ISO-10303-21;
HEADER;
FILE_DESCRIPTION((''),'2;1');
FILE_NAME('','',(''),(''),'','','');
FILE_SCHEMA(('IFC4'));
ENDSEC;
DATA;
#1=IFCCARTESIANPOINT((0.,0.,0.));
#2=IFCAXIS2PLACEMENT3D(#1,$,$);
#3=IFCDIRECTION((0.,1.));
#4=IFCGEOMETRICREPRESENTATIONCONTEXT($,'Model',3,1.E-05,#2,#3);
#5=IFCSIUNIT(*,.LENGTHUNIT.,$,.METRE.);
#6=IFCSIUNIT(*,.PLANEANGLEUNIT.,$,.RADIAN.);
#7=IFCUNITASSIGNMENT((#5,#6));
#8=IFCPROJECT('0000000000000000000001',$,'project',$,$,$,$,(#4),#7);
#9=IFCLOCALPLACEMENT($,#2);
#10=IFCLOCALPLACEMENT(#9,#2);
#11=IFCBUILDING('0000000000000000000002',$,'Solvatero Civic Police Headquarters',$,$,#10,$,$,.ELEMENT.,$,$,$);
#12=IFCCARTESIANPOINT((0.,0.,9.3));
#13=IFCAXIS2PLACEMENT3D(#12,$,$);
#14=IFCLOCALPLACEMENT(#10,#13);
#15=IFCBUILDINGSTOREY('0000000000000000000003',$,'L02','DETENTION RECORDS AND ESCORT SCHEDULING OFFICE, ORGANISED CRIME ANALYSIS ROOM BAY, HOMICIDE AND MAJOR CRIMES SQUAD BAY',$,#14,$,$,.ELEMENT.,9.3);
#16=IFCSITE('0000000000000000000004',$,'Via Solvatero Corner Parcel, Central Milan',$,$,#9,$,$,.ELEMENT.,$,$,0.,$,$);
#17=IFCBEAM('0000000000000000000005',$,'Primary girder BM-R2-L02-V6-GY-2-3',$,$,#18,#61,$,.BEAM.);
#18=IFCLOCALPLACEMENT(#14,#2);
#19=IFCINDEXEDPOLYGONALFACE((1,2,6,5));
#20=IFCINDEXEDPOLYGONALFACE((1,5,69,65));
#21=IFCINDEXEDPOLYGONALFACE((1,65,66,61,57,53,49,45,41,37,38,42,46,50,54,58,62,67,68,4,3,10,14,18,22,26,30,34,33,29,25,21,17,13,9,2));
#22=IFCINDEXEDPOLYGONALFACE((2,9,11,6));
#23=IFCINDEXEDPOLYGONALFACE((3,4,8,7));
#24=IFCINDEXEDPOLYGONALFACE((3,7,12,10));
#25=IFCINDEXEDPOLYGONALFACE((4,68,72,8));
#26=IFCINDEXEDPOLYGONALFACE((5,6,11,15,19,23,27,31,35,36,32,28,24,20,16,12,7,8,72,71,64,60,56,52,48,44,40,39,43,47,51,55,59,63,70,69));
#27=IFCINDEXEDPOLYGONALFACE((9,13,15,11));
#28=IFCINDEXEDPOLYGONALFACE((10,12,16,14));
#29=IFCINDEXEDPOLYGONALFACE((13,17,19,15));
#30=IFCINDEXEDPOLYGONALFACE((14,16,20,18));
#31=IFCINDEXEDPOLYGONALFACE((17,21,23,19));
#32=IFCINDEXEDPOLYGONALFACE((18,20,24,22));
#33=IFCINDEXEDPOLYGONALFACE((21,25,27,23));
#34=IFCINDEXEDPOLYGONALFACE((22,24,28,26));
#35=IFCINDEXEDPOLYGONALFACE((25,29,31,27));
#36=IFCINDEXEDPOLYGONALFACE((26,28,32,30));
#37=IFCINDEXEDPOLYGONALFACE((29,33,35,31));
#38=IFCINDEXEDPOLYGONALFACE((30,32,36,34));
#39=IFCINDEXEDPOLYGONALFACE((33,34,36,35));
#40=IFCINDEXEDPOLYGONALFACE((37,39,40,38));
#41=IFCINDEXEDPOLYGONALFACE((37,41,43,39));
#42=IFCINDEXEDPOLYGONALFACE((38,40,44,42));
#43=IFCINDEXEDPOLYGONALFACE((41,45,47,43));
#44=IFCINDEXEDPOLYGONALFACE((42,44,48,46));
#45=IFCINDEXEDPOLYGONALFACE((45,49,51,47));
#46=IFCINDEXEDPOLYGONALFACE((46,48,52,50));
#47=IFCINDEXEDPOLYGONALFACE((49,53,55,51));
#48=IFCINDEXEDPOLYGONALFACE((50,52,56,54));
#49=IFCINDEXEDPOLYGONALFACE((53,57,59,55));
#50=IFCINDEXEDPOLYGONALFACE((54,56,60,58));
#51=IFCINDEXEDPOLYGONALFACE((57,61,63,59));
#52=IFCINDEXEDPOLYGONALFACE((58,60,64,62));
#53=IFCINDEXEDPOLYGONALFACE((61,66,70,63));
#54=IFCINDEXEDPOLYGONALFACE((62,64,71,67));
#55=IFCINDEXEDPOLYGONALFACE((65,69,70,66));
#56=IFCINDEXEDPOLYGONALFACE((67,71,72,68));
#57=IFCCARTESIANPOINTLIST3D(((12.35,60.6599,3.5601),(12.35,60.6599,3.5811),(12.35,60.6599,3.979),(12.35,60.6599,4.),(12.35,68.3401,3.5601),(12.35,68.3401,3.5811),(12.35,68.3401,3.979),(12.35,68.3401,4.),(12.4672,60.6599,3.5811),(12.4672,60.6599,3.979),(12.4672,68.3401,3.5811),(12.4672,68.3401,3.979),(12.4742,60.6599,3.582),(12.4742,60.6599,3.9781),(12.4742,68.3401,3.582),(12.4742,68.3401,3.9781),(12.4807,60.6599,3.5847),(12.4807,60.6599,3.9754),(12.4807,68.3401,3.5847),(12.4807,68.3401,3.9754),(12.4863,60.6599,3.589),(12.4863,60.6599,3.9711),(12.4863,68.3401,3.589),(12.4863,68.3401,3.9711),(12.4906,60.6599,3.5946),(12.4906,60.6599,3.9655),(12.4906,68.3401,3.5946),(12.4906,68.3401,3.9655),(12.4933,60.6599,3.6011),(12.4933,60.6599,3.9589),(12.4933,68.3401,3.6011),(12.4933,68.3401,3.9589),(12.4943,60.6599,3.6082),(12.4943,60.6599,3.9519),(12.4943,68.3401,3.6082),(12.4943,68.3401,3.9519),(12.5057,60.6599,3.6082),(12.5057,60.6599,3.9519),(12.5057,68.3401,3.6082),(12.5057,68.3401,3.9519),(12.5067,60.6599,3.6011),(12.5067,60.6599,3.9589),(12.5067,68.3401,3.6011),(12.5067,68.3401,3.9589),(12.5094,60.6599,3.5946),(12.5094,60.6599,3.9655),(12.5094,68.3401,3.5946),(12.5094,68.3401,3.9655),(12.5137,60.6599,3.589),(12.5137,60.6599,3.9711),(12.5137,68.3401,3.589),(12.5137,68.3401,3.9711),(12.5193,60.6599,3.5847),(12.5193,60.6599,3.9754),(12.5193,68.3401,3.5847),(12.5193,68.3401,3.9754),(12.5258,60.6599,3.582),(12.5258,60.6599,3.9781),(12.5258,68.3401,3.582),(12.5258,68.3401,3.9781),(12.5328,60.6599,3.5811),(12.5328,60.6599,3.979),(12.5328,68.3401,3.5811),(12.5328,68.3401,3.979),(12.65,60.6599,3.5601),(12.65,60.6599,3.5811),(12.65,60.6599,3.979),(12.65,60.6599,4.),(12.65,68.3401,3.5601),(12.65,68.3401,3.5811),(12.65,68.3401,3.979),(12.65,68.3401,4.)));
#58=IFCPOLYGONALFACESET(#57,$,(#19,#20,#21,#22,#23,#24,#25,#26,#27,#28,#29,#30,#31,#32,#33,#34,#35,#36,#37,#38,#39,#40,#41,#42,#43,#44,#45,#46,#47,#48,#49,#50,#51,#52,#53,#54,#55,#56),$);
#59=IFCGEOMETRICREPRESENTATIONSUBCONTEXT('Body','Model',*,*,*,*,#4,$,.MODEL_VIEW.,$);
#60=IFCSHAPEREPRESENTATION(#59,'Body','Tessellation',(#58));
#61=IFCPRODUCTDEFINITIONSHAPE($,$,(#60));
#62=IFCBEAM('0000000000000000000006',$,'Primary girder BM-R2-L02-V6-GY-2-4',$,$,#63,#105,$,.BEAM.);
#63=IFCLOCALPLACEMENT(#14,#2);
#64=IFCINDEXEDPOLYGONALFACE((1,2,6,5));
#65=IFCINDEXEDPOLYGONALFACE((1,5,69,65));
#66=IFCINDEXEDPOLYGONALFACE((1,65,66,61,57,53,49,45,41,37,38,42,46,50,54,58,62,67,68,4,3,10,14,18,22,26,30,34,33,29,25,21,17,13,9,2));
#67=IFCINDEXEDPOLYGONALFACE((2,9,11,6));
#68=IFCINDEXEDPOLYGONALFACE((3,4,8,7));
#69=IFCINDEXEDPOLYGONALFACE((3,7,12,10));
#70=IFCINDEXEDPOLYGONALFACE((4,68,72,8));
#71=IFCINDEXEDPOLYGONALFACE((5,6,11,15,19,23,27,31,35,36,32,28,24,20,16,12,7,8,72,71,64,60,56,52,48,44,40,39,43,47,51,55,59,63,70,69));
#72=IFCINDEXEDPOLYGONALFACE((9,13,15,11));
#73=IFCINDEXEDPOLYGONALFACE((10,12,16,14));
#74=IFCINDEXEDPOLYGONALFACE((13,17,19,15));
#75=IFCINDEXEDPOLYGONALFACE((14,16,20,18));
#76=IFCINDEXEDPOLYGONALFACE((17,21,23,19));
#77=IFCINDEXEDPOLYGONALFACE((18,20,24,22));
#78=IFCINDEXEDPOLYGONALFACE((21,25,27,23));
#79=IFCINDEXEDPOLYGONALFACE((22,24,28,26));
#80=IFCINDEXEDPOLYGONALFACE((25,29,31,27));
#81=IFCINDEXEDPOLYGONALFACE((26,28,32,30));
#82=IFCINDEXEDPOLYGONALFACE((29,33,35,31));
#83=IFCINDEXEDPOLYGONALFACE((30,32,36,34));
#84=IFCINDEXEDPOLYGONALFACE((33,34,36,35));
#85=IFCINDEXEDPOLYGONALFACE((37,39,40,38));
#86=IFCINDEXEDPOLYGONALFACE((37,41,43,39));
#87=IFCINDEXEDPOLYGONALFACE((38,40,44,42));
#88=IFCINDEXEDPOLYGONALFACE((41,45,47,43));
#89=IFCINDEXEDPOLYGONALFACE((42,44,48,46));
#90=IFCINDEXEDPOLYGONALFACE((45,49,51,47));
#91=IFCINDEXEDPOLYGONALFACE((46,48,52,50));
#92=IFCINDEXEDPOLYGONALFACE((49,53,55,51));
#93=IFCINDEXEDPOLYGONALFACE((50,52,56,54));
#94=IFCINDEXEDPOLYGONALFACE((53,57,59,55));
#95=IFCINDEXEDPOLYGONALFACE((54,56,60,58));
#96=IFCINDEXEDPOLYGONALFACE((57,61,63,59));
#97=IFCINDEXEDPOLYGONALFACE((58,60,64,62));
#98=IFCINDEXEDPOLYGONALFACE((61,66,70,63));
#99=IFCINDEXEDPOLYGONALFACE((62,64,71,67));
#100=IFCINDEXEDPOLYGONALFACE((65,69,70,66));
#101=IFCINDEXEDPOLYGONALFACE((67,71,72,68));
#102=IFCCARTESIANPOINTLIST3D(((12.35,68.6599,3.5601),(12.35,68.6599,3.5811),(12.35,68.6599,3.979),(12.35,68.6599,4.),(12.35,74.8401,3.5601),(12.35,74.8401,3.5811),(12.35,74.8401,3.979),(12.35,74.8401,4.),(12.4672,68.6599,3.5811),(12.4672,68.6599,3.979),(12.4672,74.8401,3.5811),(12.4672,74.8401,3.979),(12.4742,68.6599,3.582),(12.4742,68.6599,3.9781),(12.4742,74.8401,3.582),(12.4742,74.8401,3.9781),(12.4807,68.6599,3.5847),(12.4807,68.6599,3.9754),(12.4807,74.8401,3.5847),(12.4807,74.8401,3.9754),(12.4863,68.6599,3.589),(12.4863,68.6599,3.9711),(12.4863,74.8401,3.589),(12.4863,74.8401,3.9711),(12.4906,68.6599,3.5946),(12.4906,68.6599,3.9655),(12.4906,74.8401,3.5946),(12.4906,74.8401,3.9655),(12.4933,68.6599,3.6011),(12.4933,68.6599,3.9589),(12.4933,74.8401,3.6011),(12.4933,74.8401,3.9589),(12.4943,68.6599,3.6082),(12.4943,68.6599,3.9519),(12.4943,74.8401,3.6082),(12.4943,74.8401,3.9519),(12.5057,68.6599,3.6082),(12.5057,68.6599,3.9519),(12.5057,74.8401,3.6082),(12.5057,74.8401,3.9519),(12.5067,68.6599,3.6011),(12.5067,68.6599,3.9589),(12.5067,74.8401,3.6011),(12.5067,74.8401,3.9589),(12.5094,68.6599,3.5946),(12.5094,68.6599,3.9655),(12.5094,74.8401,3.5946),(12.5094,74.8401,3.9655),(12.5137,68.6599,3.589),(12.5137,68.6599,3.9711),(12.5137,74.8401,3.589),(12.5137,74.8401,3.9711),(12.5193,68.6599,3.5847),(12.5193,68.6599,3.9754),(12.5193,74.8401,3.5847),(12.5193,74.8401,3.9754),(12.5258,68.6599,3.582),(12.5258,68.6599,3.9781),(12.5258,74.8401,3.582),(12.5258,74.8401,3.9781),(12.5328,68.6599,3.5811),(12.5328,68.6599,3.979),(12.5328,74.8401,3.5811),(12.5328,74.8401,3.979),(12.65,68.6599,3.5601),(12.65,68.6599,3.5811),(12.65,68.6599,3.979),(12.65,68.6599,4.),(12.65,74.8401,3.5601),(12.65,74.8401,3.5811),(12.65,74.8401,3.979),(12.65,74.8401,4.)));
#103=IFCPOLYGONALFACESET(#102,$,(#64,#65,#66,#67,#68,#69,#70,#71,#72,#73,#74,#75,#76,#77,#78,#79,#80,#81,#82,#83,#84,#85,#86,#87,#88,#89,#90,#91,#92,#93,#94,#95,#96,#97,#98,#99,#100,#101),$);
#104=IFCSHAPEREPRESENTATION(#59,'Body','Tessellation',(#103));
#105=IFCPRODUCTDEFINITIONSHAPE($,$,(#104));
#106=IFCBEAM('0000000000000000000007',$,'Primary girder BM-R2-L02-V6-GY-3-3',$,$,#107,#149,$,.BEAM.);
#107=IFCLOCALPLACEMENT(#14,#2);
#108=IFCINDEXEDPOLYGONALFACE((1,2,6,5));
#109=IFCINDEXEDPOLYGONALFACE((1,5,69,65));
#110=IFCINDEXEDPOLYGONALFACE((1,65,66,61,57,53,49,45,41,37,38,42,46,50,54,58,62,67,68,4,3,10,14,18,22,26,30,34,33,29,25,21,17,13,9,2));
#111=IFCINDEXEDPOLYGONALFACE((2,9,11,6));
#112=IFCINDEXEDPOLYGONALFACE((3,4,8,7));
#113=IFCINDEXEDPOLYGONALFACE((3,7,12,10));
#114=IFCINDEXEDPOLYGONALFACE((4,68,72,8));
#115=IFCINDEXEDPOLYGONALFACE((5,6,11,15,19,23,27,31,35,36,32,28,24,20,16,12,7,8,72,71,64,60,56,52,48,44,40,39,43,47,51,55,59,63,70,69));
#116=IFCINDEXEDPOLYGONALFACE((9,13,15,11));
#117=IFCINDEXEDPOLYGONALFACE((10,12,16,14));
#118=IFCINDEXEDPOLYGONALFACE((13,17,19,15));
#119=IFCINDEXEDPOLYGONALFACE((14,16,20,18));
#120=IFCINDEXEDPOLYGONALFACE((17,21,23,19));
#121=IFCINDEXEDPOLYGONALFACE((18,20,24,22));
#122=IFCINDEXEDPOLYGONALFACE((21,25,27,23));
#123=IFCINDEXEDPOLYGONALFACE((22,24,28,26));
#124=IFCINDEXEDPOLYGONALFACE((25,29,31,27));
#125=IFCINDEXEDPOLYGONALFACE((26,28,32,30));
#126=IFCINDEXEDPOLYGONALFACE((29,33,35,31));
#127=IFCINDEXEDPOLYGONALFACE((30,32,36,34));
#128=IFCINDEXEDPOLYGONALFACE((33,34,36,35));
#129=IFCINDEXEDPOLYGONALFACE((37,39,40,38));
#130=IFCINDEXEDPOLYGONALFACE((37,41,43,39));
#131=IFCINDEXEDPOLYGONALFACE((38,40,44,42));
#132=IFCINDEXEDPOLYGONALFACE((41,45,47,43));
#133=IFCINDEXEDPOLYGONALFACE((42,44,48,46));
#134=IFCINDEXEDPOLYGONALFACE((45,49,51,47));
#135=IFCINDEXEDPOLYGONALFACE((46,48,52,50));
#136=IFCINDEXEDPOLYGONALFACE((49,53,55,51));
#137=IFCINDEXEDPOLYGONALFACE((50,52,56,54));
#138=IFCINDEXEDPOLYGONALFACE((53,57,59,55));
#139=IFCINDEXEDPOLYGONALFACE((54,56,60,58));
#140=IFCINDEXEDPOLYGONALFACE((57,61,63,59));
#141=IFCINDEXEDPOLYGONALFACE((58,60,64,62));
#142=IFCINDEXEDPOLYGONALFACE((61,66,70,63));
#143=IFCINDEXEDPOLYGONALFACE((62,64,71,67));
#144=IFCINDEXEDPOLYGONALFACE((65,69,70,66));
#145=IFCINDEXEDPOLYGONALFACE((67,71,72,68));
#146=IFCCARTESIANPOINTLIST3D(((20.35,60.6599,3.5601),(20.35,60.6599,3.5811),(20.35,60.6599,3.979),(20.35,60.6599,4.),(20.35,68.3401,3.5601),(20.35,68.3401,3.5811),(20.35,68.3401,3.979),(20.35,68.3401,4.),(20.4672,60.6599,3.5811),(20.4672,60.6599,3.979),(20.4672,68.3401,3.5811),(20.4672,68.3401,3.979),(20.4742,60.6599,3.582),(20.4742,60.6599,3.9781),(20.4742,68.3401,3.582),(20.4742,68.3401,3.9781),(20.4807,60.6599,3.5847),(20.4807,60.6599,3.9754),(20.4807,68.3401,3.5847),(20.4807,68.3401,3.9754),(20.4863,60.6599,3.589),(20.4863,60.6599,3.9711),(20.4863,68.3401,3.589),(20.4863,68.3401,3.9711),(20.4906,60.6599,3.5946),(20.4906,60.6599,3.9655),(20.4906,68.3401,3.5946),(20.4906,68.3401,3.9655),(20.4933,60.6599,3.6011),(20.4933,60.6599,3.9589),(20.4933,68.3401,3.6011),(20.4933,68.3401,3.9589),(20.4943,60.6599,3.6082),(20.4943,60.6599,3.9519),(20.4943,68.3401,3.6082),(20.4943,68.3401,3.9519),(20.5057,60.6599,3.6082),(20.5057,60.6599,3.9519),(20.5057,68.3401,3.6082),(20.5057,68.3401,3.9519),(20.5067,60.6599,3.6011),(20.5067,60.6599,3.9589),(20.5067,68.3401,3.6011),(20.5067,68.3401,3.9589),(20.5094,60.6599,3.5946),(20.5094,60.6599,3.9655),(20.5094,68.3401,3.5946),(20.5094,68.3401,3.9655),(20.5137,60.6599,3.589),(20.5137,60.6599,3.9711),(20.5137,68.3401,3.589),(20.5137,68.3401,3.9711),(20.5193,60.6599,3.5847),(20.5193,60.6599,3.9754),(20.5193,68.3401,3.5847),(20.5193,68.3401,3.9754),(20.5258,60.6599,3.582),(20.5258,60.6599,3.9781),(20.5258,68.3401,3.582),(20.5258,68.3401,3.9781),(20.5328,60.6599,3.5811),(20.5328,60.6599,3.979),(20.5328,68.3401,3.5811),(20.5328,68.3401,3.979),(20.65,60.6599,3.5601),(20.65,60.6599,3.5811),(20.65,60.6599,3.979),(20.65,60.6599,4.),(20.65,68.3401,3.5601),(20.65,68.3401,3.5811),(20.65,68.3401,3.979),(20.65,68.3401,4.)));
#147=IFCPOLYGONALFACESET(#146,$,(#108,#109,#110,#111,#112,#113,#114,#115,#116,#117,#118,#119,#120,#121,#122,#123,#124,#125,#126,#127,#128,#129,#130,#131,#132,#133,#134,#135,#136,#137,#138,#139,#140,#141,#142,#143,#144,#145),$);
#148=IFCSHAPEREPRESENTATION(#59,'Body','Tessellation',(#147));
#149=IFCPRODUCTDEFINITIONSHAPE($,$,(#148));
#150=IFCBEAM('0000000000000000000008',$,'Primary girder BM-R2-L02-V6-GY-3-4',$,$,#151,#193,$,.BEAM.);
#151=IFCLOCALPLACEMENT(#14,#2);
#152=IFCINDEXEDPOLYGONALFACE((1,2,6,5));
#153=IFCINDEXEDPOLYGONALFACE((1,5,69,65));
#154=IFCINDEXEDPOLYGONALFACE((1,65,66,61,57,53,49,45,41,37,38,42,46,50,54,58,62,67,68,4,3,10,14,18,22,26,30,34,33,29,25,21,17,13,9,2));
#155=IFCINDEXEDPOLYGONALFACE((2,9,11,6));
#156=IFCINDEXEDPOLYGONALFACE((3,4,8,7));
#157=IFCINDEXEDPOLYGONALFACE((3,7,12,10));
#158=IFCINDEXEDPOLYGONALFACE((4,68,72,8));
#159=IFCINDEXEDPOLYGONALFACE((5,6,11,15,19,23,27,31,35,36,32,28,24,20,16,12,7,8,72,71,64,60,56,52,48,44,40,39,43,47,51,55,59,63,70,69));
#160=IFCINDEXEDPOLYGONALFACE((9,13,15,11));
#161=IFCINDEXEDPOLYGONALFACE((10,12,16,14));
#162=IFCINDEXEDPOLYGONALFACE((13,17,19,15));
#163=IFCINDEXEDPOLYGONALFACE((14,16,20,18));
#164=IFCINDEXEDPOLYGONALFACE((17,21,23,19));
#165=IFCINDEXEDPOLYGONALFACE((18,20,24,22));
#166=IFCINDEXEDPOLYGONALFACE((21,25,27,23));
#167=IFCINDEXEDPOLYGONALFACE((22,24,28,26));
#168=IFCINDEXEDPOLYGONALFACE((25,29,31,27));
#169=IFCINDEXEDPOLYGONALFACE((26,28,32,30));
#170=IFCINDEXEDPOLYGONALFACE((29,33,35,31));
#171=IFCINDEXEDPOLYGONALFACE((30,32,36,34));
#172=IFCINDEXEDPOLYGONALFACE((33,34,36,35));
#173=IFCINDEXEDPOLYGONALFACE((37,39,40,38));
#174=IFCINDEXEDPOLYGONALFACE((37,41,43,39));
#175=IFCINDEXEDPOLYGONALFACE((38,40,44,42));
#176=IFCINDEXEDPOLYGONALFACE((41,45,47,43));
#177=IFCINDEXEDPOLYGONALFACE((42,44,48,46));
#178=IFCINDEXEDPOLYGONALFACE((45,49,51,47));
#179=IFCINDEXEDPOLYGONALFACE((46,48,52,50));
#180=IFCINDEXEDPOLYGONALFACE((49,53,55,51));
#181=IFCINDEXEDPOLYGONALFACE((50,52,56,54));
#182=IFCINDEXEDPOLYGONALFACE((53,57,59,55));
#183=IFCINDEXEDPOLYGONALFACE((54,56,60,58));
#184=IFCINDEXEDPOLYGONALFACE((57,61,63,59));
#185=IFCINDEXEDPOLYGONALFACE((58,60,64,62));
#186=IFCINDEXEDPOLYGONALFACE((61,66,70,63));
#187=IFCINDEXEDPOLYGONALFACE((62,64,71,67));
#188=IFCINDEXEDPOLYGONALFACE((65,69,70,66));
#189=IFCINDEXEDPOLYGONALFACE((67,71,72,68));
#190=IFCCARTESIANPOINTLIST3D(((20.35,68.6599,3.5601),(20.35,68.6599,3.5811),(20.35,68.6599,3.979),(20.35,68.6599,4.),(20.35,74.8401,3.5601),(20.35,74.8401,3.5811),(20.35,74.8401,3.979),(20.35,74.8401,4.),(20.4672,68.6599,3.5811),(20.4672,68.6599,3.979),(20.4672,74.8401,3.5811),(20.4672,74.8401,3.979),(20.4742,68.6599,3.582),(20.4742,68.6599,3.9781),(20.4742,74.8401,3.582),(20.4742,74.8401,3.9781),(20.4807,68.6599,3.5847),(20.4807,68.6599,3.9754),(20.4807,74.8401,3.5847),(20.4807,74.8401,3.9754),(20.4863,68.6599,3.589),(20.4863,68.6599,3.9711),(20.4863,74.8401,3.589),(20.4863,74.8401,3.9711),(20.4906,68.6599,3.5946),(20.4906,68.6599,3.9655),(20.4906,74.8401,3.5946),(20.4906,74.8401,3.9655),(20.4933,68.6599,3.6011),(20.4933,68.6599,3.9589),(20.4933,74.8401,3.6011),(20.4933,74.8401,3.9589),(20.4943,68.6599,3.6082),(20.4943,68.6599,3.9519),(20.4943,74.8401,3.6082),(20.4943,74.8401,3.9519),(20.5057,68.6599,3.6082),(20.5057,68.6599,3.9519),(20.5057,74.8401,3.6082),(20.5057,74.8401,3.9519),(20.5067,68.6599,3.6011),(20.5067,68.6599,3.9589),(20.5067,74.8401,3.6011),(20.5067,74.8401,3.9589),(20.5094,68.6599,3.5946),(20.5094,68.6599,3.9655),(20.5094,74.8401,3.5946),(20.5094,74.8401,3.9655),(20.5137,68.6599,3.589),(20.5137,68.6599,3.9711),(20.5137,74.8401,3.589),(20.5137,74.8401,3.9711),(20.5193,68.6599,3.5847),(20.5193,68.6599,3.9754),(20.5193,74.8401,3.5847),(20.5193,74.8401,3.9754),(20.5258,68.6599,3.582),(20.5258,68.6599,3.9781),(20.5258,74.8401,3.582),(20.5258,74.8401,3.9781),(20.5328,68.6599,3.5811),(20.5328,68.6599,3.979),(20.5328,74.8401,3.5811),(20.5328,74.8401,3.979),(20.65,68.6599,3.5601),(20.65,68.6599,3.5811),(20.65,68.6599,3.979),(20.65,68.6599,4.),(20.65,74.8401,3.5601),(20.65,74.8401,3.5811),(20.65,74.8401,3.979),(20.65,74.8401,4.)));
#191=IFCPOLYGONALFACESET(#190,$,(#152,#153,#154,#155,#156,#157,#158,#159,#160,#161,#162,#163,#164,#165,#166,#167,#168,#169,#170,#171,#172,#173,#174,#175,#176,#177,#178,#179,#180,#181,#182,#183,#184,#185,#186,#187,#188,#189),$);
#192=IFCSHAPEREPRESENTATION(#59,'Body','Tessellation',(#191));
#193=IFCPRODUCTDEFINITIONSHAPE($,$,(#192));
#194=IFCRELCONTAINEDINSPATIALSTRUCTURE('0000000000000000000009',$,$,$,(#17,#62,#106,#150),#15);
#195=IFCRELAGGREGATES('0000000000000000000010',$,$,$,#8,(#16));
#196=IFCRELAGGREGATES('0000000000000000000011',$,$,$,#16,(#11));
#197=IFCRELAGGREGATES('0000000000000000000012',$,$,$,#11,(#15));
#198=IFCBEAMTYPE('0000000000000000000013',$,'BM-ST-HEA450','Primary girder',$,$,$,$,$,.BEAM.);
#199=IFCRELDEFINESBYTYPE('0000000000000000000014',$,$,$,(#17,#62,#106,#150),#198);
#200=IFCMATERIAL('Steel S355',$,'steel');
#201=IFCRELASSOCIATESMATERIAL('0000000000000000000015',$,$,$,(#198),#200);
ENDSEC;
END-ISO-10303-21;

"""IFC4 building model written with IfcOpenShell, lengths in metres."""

from ifc_helpers import new_model, si_unit, direction, frame, origin, origin_2d, place, context, subcontext, project, spatial, i_section, extrude, material, material_profile, profile_set, type_object, element, save


model = new_model("IFC4")

# Units and contexts
model_context = context("Model", 3, precision=1e-05, world=origin(), true_north=direction((0.0, 1.0)))
body_context = subcontext(model_context, "Body", "Model", "MODEL_VIEW")
ifc_project = project(units=[si_unit("LENGTHUNIT", "METRE"), si_unit("PLANEANGLEUNIT", "RADIAN")], contexts=[model_context])

# Site, building, storey
site_placement = place(None, origin())
site = spatial("IfcSite", under=ifc_project, at=site_placement, Name="Via Solvatero Corner Parcel, Central Milan", CompositionType="ELEMENT", RefElevation=0.0)
building_placement = place(site_placement, origin())
building = spatial("IfcBuilding", under=site, at=building_placement, Name="Solvatero Civic Police Headquarters", CompositionType="ELEMENT")
storey_placement = place(building_placement, frame((0.0, 0.0, 9.3)))
storey = spatial("IfcBuildingStorey", under=building, at=storey_placement, Name="L02", Description="DETENTION RECORDS AND ESCORT SCHEDULING OFFICE, ORGANISED CRIME ANALYSIS ROOM BAY, HOMICIDE AND MAJOR CRIMES SQUAD BAY", CompositionType="ELEMENT", Elevation=9.3)

# Shared definitions
ifc_material_1 = material(Name="Steel S355", Category="steel")

# Beams
ifc_material_profile_1 = material_profile(ifc_material_1, i_section(OverallWidth=0.3, OverallDepth=0.4399, WebThickness=0.0115, FlangeThickness=0.021, FilletRadius=0.0271, at=origin_2d()), Name="HEA 450")
ifc_profile_set_1 = profile_set([ifc_material_profile_1], Name="Steel S355")
beam_type_1 = type_object("IfcBeamType", Name="BM-ST-HEA450", Description="Primary girder", PredefinedType="BEAM", material=ifc_profile_set_1)
beam_1_placement = place(storey_placement, frame((12.5, 60.6599, 3.78), z_axis=(0.0, 1.0, 0.0), x_axis=(-1.0, 0.0, 0.0)))
element("IfcBeam", 1, at=beam_1_placement, inside=storey, type_object=beam_type_1, Name="Primary girder BM-R2-L02-V6-GY-2-3", PredefinedType="BEAM", context=body_context, shape_type="SweptSolid", body=[
    extrude(i_section(OverallWidth=0.3, OverallDepth=0.4399, WebThickness=0.0115, FlangeThickness=0.021, FilletRadius=0.0271, at=origin_2d()), origin(), (0.0, 0.0, 1.0), 7.6802),
])
beam_2_placement = place(storey_placement, frame((12.5, 68.6599, 3.78), z_axis=(0.0, 1.0, 0.0), x_axis=(-1.0, 0.0, 0.0)))
element("IfcBeam", 2, at=beam_2_placement, inside=storey, type_object=beam_type_1, Name="Primary girder BM-R2-L02-V6-GY-2-4", PredefinedType="BEAM", context=body_context, shape_type="SweptSolid", body=[
    extrude(i_section(OverallWidth=0.3, OverallDepth=0.4399, WebThickness=0.0115, FlangeThickness=0.021, FilletRadius=0.0271, at=origin_2d()), origin(), (0.0, 0.0, 1.0), 6.1802),
])
beam_3_placement = place(storey_placement, frame((20.5, 60.6599, 3.78), z_axis=(0.0, 1.0, 0.0), x_axis=(-1.0, 0.0, 0.0)))
element("IfcBeam", 3, at=beam_3_placement, inside=storey, type_object=beam_type_1, Name="Primary girder BM-R2-L02-V6-GY-3-3", PredefinedType="BEAM", context=body_context, shape_type="SweptSolid", body=[
    extrude(i_section(OverallWidth=0.3, OverallDepth=0.4399, WebThickness=0.0115, FlangeThickness=0.021, FilletRadius=0.0271, at=origin_2d()), origin(), (0.0, 0.0, 1.0), 7.6802),
])
beam_4_placement = place(storey_placement, frame((20.5, 68.6599, 3.78), z_axis=(0.0, 1.0, 0.0), x_axis=(-1.0, 0.0, 0.0)))
element("IfcBeam", 4, at=beam_4_placement, inside=storey, type_object=beam_type_1, Name="Primary girder BM-R2-L02-V6-GY-3-4", PredefinedType="BEAM", context=body_context, shape_type="SweptSolid", body=[
    extrude(i_section(OverallWidth=0.3, OverallDepth=0.4399, WebThickness=0.0115, FlangeThickness=0.021, FilletRadius=0.0271, at=origin_2d()), origin(), (0.0, 0.0, 1.0), 6.1802),
])

save(model, "model.ifc")
